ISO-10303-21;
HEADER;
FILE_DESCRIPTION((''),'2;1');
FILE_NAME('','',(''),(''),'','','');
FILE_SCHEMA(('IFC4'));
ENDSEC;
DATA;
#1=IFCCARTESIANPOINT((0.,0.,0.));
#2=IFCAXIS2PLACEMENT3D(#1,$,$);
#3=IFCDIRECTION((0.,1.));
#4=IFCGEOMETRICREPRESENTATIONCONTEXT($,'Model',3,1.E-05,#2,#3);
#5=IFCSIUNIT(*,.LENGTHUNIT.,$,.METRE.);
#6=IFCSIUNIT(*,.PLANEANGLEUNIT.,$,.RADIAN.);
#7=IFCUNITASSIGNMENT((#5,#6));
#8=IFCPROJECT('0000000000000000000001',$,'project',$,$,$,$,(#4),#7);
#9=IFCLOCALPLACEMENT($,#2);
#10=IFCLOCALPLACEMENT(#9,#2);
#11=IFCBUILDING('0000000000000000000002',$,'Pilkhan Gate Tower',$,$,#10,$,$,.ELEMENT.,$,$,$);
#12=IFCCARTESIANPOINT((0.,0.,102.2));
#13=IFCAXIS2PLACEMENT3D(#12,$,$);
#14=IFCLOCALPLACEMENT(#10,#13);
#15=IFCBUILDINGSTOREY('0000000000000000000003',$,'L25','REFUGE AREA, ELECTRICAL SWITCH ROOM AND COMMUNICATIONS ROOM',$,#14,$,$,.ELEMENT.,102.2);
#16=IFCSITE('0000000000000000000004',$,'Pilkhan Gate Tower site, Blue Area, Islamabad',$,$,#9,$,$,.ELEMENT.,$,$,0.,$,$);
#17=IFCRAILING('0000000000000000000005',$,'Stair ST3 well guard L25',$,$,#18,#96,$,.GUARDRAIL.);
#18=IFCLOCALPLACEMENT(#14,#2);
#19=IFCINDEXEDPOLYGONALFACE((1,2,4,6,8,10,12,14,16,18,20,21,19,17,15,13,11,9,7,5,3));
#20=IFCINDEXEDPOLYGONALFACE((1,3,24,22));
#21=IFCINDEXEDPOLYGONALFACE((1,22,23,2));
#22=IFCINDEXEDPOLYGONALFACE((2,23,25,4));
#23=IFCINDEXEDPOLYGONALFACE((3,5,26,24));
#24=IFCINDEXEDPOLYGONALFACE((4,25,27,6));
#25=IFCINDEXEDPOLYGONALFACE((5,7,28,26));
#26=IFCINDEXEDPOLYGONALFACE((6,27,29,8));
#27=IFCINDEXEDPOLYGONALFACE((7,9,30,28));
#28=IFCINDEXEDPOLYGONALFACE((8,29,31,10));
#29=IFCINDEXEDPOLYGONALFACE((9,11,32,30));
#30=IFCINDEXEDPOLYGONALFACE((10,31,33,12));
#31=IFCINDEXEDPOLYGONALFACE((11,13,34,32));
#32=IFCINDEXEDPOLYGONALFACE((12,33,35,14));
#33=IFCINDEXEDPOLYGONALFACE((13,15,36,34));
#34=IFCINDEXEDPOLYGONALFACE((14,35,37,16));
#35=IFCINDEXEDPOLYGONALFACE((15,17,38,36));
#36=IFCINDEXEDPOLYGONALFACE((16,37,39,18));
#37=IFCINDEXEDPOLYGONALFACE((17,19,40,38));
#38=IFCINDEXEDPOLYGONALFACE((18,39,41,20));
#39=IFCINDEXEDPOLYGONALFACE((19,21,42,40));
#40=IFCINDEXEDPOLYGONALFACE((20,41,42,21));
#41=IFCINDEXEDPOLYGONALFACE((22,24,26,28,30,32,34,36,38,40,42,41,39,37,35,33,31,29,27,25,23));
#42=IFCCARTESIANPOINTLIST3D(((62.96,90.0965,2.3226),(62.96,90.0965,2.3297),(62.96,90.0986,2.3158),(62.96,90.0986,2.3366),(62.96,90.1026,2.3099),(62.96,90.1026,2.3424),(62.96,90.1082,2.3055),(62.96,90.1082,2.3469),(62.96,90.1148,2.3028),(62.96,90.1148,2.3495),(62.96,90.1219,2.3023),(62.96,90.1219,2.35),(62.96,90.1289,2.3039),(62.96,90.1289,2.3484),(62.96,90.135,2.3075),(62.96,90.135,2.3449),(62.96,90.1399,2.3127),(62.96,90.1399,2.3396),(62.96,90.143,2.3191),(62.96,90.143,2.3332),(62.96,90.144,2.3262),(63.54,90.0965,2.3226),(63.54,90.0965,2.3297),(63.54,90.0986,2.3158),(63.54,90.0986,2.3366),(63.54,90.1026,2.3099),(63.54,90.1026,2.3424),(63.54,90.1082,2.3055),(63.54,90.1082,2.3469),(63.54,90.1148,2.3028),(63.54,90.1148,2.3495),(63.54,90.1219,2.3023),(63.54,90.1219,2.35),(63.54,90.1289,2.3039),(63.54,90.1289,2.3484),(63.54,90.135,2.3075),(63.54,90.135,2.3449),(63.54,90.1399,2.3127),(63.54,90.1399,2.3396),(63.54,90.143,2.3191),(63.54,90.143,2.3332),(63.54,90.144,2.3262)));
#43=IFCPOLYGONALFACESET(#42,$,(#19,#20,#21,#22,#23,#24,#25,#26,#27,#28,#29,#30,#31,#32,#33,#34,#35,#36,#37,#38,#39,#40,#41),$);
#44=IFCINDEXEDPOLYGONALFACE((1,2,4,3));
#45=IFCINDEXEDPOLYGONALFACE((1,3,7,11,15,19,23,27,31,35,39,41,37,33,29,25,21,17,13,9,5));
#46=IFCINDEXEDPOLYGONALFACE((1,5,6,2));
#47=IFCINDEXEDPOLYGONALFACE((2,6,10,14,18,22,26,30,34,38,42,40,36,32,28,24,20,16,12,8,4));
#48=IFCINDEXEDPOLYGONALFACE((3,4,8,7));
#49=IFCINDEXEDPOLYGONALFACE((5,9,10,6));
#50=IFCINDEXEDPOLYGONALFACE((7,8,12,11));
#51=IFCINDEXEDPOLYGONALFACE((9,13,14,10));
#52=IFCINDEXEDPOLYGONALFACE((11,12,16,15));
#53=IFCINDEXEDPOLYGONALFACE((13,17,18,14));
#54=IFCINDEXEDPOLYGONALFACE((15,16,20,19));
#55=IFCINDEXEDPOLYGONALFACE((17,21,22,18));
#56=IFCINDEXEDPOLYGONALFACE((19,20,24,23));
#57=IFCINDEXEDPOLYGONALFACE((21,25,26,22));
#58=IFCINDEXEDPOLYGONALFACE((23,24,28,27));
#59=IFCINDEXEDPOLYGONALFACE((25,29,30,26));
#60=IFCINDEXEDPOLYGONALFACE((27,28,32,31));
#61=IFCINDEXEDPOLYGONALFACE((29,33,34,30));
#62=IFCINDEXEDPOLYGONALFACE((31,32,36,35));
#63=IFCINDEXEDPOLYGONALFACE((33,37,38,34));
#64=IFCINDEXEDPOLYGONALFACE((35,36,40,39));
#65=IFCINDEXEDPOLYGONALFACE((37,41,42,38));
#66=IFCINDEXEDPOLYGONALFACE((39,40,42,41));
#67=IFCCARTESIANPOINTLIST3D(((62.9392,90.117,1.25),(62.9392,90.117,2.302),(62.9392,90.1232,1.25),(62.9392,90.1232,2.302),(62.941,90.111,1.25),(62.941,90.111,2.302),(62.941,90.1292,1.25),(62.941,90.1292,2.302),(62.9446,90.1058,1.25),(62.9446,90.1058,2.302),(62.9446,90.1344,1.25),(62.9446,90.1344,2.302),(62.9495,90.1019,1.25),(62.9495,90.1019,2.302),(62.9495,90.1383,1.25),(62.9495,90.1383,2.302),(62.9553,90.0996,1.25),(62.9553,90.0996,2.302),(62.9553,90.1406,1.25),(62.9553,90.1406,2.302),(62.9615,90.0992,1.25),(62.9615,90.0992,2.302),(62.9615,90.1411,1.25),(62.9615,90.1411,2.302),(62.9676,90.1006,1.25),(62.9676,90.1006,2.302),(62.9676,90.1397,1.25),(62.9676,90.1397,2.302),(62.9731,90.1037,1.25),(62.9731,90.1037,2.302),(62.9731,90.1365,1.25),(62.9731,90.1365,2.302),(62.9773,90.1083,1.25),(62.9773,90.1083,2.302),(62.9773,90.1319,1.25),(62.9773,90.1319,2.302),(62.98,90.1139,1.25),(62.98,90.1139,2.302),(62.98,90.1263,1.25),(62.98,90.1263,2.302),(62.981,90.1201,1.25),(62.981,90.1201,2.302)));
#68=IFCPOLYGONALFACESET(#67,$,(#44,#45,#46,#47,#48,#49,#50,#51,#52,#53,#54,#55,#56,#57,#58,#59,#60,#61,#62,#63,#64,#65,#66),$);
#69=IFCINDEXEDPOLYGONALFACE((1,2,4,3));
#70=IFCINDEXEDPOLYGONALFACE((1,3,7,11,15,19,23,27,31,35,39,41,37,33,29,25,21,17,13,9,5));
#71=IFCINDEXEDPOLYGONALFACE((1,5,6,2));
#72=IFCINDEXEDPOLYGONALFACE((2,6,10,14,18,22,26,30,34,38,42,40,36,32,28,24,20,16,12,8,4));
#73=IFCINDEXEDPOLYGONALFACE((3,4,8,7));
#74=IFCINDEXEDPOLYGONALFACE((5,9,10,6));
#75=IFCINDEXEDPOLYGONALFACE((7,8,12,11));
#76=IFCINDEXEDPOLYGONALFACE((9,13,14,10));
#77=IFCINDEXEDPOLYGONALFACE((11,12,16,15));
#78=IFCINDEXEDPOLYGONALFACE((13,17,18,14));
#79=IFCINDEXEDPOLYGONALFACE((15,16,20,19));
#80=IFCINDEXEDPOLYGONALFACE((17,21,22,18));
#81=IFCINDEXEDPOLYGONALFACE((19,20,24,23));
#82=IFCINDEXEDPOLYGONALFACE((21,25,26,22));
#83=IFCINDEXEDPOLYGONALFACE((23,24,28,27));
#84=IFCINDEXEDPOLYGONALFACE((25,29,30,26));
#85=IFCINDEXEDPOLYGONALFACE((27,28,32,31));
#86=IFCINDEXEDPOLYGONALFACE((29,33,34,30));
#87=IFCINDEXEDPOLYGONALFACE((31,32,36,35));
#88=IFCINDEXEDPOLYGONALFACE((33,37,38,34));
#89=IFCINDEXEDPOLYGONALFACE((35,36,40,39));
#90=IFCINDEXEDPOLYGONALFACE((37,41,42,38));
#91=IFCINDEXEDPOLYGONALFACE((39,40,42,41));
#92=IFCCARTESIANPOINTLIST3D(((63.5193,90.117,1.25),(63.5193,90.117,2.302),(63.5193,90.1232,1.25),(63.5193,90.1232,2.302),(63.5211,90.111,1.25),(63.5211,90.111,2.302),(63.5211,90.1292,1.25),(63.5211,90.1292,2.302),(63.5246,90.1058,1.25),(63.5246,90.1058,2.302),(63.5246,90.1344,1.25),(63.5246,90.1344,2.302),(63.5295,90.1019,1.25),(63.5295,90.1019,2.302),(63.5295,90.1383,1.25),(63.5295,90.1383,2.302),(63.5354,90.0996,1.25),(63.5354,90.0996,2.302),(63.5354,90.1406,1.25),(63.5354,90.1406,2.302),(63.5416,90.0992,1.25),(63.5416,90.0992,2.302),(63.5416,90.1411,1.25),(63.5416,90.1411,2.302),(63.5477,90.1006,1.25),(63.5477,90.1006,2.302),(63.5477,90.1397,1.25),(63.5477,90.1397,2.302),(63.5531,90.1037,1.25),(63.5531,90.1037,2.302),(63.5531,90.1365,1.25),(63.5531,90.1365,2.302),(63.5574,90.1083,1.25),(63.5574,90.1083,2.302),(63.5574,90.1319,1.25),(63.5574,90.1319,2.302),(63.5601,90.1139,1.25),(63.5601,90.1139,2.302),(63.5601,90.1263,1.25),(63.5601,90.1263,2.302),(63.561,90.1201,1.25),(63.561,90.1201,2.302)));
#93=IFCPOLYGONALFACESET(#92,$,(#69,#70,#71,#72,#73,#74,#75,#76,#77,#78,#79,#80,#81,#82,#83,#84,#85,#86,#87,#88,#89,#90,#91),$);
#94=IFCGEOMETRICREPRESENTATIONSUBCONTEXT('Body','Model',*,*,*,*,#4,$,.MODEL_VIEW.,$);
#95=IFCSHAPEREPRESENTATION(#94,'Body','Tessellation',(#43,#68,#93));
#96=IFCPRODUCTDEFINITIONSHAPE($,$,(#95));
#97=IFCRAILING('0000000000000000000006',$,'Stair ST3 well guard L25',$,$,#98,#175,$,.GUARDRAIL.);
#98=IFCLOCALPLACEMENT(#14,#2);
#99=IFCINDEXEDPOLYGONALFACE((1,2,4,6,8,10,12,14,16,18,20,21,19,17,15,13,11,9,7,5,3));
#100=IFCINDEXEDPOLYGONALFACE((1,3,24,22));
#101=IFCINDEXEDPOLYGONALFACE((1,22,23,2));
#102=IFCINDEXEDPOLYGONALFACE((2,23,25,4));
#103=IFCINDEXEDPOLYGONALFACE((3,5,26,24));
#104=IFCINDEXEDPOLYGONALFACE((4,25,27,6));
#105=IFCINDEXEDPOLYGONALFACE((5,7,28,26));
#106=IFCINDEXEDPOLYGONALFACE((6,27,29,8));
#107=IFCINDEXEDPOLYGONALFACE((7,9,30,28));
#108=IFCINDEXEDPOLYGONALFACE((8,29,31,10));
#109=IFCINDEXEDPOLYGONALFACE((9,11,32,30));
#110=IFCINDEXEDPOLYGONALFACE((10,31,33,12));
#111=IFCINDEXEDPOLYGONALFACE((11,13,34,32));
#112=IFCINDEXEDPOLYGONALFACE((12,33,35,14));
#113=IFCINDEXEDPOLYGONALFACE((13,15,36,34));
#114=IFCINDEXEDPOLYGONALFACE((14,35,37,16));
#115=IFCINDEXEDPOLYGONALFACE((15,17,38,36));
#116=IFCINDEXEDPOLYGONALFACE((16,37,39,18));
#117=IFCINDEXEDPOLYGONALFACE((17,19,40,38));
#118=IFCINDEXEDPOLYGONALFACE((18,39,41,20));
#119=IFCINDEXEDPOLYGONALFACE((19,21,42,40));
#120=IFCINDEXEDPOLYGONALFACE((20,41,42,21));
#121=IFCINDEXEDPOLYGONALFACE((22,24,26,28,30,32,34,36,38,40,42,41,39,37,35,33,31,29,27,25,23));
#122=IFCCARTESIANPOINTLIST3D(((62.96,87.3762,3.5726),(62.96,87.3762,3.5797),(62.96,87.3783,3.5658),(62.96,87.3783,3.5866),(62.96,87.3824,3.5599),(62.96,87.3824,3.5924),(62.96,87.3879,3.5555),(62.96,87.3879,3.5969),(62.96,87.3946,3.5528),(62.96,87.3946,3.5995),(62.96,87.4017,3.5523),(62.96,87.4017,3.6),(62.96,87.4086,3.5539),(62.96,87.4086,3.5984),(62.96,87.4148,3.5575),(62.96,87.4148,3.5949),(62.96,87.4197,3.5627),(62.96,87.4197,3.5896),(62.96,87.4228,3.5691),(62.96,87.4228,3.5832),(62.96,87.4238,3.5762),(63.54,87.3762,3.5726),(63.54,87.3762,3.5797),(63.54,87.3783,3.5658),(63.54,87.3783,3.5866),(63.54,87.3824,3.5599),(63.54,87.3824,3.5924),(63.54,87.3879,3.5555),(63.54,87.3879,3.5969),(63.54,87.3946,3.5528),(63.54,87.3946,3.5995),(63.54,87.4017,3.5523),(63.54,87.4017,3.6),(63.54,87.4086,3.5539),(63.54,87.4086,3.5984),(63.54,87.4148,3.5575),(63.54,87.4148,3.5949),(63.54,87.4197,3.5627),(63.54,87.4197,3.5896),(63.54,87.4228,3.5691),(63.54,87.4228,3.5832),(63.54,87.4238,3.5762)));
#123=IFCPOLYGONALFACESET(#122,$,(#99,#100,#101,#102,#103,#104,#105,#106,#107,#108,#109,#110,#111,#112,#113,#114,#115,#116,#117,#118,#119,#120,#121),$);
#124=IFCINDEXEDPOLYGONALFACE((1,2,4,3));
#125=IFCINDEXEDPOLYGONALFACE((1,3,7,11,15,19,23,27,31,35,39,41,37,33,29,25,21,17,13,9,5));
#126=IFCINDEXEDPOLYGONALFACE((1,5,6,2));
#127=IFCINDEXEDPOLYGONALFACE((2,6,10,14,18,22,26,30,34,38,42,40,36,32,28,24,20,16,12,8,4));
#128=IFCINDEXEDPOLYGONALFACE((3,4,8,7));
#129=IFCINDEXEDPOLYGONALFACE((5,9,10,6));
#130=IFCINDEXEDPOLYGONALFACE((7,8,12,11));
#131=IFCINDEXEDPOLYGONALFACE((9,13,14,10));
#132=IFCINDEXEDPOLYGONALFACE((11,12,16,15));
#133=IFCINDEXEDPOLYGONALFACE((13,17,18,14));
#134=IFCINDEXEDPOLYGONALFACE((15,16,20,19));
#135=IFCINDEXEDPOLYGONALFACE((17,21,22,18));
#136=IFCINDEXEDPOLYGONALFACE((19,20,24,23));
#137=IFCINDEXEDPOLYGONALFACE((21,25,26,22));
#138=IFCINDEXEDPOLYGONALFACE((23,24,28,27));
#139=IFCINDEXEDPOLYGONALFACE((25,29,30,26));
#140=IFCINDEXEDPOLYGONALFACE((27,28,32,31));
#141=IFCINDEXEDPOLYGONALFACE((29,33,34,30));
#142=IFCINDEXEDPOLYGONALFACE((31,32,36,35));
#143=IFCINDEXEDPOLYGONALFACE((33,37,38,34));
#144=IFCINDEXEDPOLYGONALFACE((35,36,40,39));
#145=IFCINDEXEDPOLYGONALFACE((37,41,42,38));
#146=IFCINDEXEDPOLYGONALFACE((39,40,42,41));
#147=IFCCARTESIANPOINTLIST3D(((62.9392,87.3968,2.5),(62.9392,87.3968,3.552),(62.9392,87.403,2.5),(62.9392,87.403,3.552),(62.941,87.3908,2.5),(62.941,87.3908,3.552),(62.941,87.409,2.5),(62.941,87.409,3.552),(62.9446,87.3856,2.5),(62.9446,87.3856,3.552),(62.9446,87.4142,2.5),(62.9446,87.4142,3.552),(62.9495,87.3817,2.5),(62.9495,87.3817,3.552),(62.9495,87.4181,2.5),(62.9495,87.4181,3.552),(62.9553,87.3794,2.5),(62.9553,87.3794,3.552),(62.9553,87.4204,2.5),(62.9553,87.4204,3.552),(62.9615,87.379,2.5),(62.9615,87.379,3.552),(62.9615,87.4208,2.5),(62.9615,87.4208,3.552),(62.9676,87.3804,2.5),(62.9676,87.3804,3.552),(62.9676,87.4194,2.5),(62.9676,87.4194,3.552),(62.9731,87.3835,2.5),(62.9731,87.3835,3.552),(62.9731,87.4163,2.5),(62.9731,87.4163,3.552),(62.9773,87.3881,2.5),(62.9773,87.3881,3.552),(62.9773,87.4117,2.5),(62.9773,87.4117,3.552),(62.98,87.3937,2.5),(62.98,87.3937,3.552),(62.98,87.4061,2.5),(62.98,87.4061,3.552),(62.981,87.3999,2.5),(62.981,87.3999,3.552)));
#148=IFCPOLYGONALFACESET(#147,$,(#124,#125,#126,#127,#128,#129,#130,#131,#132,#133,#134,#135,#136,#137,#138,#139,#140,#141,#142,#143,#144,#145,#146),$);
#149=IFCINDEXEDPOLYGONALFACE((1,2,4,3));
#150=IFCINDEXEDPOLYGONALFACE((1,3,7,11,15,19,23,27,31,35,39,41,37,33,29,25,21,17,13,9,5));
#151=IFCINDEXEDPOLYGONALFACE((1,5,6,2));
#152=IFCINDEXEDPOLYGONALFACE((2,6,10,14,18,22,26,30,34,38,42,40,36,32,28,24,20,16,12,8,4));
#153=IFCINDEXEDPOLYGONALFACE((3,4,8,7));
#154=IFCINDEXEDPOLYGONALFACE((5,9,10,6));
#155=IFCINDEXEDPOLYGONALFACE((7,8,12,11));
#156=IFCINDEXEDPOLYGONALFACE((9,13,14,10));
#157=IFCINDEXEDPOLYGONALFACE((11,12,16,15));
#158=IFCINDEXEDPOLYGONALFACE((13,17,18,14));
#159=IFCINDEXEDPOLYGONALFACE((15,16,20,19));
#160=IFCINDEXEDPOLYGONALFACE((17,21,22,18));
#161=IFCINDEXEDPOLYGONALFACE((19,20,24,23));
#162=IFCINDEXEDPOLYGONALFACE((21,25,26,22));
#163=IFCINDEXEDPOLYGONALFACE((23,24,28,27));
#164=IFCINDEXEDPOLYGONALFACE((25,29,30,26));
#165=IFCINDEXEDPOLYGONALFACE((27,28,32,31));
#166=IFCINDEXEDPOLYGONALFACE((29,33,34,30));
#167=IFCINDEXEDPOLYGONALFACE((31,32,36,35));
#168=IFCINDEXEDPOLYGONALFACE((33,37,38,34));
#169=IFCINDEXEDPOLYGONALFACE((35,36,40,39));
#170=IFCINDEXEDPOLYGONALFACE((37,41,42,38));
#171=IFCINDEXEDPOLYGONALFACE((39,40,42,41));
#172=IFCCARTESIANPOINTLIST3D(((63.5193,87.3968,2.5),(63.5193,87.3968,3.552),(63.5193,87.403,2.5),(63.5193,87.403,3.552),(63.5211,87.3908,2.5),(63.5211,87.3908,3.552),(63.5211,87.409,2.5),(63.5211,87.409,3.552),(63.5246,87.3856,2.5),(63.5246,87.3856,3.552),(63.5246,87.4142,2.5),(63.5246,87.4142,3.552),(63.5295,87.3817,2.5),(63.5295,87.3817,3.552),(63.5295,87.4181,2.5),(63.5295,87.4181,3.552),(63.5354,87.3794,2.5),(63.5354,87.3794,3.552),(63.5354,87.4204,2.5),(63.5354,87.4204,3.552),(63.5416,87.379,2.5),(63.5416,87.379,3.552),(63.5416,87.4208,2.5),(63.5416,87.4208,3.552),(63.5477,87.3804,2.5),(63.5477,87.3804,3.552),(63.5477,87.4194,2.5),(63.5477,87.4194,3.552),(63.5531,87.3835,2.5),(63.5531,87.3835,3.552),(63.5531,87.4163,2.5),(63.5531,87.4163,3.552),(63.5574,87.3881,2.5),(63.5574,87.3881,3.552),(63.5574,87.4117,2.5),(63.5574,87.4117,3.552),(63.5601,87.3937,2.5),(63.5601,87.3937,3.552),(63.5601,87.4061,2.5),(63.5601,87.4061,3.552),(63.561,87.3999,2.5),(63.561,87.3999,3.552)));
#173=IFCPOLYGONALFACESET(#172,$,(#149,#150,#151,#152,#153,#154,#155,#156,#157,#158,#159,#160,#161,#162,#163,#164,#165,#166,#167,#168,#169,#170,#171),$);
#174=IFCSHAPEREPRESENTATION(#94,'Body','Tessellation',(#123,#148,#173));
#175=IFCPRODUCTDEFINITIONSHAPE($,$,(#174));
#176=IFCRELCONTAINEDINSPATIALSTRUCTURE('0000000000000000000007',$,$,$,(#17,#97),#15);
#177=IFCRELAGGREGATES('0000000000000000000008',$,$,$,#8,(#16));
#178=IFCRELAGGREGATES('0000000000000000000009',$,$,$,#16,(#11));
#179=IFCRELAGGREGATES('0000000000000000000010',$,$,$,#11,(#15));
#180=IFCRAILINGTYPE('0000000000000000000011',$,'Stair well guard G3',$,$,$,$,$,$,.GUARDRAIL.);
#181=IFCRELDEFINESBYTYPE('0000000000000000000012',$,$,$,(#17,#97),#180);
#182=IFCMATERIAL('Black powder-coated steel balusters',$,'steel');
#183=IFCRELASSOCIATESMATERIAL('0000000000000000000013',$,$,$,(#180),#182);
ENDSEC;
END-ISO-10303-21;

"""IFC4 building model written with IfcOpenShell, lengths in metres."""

from ifc_helpers import new_model, si_unit, direction, frame, origin, origin_2d, place, context, subcontext, project, spatial, circle, extrude, material, type_object, element, save


model = new_model("IFC4")

# Units and contexts
model_context = context("Model", 3, precision=1e-05, world=origin(), true_north=direction((0.0, 1.0)))
body_context = subcontext(model_context, "Body", "Model", "MODEL_VIEW")
ifc_project = project(units=[si_unit("LENGTHUNIT", "METRE"), si_unit("PLANEANGLEUNIT", "RADIAN")], contexts=[model_context])

# Site, building, storey
site_placement = place(None, origin())
site = spatial("IfcSite", under=ifc_project, at=site_placement, Name="Pilkhan Gate Tower site, Blue Area, Islamabad", CompositionType="ELEMENT", RefElevation=0.0)
building_placement = place(site_placement, origin())
building = spatial("IfcBuilding", under=site, at=building_placement, Name="Pilkhan Gate Tower", CompositionType="ELEMENT")
storey_placement = place(building_placement, frame((0.0, 0.0, 102.2)))
storey = spatial("IfcBuildingStorey", under=building, at=storey_placement, Name="L25", Description="REFUGE AREA, ELECTRICAL SWITCH ROOM AND COMMUNICATIONS ROOM", CompositionType="ELEMENT", Elevation=102.2)

# Railings
ifc_material_1 = material(Name="Black powder-coated steel balusters", Category="steel")
railing_type_1 = type_object("IfcRailingType", Name="Stair well guard G3", PredefinedType="GUARDRAIL", material=ifc_material_1)
for number, where, name in (
    (1, (62.96, 90.1201, 1.25), "Stair ST3 well guard L25"),
    (2, (62.96, 87.3999, 2.5), "Stair ST3 well guard L25"),
):
    element("IfcRailing", number, at=place(storey_placement, frame(where)), inside=storey, type_object=railing_type_1, Name=name, PredefinedType="GUARDRAIL", context=body_context, shape_type="SweptSolid", body=[
        extrude(circle(Radius=0.0239, at=origin_2d()), frame((0.0, 0.0, 1.0762), z_axis=(1.0, 0.0, 0.0), x_axis=(0.0, 1.0, 0.0)), (0.0, 0.0, 1.0), 0.5801),
        extrude(circle(Radius=0.021, at=origin_2d()), origin(), (0.0, 0.0, 1.0), 1.052),
        extrude(circle(Radius=0.021, at=origin_2d()), frame((0.5801, 0.0, 0.0)), (0.0, 0.0, 1.0), 1.052),
    ])

save(model, "model.ifc")
